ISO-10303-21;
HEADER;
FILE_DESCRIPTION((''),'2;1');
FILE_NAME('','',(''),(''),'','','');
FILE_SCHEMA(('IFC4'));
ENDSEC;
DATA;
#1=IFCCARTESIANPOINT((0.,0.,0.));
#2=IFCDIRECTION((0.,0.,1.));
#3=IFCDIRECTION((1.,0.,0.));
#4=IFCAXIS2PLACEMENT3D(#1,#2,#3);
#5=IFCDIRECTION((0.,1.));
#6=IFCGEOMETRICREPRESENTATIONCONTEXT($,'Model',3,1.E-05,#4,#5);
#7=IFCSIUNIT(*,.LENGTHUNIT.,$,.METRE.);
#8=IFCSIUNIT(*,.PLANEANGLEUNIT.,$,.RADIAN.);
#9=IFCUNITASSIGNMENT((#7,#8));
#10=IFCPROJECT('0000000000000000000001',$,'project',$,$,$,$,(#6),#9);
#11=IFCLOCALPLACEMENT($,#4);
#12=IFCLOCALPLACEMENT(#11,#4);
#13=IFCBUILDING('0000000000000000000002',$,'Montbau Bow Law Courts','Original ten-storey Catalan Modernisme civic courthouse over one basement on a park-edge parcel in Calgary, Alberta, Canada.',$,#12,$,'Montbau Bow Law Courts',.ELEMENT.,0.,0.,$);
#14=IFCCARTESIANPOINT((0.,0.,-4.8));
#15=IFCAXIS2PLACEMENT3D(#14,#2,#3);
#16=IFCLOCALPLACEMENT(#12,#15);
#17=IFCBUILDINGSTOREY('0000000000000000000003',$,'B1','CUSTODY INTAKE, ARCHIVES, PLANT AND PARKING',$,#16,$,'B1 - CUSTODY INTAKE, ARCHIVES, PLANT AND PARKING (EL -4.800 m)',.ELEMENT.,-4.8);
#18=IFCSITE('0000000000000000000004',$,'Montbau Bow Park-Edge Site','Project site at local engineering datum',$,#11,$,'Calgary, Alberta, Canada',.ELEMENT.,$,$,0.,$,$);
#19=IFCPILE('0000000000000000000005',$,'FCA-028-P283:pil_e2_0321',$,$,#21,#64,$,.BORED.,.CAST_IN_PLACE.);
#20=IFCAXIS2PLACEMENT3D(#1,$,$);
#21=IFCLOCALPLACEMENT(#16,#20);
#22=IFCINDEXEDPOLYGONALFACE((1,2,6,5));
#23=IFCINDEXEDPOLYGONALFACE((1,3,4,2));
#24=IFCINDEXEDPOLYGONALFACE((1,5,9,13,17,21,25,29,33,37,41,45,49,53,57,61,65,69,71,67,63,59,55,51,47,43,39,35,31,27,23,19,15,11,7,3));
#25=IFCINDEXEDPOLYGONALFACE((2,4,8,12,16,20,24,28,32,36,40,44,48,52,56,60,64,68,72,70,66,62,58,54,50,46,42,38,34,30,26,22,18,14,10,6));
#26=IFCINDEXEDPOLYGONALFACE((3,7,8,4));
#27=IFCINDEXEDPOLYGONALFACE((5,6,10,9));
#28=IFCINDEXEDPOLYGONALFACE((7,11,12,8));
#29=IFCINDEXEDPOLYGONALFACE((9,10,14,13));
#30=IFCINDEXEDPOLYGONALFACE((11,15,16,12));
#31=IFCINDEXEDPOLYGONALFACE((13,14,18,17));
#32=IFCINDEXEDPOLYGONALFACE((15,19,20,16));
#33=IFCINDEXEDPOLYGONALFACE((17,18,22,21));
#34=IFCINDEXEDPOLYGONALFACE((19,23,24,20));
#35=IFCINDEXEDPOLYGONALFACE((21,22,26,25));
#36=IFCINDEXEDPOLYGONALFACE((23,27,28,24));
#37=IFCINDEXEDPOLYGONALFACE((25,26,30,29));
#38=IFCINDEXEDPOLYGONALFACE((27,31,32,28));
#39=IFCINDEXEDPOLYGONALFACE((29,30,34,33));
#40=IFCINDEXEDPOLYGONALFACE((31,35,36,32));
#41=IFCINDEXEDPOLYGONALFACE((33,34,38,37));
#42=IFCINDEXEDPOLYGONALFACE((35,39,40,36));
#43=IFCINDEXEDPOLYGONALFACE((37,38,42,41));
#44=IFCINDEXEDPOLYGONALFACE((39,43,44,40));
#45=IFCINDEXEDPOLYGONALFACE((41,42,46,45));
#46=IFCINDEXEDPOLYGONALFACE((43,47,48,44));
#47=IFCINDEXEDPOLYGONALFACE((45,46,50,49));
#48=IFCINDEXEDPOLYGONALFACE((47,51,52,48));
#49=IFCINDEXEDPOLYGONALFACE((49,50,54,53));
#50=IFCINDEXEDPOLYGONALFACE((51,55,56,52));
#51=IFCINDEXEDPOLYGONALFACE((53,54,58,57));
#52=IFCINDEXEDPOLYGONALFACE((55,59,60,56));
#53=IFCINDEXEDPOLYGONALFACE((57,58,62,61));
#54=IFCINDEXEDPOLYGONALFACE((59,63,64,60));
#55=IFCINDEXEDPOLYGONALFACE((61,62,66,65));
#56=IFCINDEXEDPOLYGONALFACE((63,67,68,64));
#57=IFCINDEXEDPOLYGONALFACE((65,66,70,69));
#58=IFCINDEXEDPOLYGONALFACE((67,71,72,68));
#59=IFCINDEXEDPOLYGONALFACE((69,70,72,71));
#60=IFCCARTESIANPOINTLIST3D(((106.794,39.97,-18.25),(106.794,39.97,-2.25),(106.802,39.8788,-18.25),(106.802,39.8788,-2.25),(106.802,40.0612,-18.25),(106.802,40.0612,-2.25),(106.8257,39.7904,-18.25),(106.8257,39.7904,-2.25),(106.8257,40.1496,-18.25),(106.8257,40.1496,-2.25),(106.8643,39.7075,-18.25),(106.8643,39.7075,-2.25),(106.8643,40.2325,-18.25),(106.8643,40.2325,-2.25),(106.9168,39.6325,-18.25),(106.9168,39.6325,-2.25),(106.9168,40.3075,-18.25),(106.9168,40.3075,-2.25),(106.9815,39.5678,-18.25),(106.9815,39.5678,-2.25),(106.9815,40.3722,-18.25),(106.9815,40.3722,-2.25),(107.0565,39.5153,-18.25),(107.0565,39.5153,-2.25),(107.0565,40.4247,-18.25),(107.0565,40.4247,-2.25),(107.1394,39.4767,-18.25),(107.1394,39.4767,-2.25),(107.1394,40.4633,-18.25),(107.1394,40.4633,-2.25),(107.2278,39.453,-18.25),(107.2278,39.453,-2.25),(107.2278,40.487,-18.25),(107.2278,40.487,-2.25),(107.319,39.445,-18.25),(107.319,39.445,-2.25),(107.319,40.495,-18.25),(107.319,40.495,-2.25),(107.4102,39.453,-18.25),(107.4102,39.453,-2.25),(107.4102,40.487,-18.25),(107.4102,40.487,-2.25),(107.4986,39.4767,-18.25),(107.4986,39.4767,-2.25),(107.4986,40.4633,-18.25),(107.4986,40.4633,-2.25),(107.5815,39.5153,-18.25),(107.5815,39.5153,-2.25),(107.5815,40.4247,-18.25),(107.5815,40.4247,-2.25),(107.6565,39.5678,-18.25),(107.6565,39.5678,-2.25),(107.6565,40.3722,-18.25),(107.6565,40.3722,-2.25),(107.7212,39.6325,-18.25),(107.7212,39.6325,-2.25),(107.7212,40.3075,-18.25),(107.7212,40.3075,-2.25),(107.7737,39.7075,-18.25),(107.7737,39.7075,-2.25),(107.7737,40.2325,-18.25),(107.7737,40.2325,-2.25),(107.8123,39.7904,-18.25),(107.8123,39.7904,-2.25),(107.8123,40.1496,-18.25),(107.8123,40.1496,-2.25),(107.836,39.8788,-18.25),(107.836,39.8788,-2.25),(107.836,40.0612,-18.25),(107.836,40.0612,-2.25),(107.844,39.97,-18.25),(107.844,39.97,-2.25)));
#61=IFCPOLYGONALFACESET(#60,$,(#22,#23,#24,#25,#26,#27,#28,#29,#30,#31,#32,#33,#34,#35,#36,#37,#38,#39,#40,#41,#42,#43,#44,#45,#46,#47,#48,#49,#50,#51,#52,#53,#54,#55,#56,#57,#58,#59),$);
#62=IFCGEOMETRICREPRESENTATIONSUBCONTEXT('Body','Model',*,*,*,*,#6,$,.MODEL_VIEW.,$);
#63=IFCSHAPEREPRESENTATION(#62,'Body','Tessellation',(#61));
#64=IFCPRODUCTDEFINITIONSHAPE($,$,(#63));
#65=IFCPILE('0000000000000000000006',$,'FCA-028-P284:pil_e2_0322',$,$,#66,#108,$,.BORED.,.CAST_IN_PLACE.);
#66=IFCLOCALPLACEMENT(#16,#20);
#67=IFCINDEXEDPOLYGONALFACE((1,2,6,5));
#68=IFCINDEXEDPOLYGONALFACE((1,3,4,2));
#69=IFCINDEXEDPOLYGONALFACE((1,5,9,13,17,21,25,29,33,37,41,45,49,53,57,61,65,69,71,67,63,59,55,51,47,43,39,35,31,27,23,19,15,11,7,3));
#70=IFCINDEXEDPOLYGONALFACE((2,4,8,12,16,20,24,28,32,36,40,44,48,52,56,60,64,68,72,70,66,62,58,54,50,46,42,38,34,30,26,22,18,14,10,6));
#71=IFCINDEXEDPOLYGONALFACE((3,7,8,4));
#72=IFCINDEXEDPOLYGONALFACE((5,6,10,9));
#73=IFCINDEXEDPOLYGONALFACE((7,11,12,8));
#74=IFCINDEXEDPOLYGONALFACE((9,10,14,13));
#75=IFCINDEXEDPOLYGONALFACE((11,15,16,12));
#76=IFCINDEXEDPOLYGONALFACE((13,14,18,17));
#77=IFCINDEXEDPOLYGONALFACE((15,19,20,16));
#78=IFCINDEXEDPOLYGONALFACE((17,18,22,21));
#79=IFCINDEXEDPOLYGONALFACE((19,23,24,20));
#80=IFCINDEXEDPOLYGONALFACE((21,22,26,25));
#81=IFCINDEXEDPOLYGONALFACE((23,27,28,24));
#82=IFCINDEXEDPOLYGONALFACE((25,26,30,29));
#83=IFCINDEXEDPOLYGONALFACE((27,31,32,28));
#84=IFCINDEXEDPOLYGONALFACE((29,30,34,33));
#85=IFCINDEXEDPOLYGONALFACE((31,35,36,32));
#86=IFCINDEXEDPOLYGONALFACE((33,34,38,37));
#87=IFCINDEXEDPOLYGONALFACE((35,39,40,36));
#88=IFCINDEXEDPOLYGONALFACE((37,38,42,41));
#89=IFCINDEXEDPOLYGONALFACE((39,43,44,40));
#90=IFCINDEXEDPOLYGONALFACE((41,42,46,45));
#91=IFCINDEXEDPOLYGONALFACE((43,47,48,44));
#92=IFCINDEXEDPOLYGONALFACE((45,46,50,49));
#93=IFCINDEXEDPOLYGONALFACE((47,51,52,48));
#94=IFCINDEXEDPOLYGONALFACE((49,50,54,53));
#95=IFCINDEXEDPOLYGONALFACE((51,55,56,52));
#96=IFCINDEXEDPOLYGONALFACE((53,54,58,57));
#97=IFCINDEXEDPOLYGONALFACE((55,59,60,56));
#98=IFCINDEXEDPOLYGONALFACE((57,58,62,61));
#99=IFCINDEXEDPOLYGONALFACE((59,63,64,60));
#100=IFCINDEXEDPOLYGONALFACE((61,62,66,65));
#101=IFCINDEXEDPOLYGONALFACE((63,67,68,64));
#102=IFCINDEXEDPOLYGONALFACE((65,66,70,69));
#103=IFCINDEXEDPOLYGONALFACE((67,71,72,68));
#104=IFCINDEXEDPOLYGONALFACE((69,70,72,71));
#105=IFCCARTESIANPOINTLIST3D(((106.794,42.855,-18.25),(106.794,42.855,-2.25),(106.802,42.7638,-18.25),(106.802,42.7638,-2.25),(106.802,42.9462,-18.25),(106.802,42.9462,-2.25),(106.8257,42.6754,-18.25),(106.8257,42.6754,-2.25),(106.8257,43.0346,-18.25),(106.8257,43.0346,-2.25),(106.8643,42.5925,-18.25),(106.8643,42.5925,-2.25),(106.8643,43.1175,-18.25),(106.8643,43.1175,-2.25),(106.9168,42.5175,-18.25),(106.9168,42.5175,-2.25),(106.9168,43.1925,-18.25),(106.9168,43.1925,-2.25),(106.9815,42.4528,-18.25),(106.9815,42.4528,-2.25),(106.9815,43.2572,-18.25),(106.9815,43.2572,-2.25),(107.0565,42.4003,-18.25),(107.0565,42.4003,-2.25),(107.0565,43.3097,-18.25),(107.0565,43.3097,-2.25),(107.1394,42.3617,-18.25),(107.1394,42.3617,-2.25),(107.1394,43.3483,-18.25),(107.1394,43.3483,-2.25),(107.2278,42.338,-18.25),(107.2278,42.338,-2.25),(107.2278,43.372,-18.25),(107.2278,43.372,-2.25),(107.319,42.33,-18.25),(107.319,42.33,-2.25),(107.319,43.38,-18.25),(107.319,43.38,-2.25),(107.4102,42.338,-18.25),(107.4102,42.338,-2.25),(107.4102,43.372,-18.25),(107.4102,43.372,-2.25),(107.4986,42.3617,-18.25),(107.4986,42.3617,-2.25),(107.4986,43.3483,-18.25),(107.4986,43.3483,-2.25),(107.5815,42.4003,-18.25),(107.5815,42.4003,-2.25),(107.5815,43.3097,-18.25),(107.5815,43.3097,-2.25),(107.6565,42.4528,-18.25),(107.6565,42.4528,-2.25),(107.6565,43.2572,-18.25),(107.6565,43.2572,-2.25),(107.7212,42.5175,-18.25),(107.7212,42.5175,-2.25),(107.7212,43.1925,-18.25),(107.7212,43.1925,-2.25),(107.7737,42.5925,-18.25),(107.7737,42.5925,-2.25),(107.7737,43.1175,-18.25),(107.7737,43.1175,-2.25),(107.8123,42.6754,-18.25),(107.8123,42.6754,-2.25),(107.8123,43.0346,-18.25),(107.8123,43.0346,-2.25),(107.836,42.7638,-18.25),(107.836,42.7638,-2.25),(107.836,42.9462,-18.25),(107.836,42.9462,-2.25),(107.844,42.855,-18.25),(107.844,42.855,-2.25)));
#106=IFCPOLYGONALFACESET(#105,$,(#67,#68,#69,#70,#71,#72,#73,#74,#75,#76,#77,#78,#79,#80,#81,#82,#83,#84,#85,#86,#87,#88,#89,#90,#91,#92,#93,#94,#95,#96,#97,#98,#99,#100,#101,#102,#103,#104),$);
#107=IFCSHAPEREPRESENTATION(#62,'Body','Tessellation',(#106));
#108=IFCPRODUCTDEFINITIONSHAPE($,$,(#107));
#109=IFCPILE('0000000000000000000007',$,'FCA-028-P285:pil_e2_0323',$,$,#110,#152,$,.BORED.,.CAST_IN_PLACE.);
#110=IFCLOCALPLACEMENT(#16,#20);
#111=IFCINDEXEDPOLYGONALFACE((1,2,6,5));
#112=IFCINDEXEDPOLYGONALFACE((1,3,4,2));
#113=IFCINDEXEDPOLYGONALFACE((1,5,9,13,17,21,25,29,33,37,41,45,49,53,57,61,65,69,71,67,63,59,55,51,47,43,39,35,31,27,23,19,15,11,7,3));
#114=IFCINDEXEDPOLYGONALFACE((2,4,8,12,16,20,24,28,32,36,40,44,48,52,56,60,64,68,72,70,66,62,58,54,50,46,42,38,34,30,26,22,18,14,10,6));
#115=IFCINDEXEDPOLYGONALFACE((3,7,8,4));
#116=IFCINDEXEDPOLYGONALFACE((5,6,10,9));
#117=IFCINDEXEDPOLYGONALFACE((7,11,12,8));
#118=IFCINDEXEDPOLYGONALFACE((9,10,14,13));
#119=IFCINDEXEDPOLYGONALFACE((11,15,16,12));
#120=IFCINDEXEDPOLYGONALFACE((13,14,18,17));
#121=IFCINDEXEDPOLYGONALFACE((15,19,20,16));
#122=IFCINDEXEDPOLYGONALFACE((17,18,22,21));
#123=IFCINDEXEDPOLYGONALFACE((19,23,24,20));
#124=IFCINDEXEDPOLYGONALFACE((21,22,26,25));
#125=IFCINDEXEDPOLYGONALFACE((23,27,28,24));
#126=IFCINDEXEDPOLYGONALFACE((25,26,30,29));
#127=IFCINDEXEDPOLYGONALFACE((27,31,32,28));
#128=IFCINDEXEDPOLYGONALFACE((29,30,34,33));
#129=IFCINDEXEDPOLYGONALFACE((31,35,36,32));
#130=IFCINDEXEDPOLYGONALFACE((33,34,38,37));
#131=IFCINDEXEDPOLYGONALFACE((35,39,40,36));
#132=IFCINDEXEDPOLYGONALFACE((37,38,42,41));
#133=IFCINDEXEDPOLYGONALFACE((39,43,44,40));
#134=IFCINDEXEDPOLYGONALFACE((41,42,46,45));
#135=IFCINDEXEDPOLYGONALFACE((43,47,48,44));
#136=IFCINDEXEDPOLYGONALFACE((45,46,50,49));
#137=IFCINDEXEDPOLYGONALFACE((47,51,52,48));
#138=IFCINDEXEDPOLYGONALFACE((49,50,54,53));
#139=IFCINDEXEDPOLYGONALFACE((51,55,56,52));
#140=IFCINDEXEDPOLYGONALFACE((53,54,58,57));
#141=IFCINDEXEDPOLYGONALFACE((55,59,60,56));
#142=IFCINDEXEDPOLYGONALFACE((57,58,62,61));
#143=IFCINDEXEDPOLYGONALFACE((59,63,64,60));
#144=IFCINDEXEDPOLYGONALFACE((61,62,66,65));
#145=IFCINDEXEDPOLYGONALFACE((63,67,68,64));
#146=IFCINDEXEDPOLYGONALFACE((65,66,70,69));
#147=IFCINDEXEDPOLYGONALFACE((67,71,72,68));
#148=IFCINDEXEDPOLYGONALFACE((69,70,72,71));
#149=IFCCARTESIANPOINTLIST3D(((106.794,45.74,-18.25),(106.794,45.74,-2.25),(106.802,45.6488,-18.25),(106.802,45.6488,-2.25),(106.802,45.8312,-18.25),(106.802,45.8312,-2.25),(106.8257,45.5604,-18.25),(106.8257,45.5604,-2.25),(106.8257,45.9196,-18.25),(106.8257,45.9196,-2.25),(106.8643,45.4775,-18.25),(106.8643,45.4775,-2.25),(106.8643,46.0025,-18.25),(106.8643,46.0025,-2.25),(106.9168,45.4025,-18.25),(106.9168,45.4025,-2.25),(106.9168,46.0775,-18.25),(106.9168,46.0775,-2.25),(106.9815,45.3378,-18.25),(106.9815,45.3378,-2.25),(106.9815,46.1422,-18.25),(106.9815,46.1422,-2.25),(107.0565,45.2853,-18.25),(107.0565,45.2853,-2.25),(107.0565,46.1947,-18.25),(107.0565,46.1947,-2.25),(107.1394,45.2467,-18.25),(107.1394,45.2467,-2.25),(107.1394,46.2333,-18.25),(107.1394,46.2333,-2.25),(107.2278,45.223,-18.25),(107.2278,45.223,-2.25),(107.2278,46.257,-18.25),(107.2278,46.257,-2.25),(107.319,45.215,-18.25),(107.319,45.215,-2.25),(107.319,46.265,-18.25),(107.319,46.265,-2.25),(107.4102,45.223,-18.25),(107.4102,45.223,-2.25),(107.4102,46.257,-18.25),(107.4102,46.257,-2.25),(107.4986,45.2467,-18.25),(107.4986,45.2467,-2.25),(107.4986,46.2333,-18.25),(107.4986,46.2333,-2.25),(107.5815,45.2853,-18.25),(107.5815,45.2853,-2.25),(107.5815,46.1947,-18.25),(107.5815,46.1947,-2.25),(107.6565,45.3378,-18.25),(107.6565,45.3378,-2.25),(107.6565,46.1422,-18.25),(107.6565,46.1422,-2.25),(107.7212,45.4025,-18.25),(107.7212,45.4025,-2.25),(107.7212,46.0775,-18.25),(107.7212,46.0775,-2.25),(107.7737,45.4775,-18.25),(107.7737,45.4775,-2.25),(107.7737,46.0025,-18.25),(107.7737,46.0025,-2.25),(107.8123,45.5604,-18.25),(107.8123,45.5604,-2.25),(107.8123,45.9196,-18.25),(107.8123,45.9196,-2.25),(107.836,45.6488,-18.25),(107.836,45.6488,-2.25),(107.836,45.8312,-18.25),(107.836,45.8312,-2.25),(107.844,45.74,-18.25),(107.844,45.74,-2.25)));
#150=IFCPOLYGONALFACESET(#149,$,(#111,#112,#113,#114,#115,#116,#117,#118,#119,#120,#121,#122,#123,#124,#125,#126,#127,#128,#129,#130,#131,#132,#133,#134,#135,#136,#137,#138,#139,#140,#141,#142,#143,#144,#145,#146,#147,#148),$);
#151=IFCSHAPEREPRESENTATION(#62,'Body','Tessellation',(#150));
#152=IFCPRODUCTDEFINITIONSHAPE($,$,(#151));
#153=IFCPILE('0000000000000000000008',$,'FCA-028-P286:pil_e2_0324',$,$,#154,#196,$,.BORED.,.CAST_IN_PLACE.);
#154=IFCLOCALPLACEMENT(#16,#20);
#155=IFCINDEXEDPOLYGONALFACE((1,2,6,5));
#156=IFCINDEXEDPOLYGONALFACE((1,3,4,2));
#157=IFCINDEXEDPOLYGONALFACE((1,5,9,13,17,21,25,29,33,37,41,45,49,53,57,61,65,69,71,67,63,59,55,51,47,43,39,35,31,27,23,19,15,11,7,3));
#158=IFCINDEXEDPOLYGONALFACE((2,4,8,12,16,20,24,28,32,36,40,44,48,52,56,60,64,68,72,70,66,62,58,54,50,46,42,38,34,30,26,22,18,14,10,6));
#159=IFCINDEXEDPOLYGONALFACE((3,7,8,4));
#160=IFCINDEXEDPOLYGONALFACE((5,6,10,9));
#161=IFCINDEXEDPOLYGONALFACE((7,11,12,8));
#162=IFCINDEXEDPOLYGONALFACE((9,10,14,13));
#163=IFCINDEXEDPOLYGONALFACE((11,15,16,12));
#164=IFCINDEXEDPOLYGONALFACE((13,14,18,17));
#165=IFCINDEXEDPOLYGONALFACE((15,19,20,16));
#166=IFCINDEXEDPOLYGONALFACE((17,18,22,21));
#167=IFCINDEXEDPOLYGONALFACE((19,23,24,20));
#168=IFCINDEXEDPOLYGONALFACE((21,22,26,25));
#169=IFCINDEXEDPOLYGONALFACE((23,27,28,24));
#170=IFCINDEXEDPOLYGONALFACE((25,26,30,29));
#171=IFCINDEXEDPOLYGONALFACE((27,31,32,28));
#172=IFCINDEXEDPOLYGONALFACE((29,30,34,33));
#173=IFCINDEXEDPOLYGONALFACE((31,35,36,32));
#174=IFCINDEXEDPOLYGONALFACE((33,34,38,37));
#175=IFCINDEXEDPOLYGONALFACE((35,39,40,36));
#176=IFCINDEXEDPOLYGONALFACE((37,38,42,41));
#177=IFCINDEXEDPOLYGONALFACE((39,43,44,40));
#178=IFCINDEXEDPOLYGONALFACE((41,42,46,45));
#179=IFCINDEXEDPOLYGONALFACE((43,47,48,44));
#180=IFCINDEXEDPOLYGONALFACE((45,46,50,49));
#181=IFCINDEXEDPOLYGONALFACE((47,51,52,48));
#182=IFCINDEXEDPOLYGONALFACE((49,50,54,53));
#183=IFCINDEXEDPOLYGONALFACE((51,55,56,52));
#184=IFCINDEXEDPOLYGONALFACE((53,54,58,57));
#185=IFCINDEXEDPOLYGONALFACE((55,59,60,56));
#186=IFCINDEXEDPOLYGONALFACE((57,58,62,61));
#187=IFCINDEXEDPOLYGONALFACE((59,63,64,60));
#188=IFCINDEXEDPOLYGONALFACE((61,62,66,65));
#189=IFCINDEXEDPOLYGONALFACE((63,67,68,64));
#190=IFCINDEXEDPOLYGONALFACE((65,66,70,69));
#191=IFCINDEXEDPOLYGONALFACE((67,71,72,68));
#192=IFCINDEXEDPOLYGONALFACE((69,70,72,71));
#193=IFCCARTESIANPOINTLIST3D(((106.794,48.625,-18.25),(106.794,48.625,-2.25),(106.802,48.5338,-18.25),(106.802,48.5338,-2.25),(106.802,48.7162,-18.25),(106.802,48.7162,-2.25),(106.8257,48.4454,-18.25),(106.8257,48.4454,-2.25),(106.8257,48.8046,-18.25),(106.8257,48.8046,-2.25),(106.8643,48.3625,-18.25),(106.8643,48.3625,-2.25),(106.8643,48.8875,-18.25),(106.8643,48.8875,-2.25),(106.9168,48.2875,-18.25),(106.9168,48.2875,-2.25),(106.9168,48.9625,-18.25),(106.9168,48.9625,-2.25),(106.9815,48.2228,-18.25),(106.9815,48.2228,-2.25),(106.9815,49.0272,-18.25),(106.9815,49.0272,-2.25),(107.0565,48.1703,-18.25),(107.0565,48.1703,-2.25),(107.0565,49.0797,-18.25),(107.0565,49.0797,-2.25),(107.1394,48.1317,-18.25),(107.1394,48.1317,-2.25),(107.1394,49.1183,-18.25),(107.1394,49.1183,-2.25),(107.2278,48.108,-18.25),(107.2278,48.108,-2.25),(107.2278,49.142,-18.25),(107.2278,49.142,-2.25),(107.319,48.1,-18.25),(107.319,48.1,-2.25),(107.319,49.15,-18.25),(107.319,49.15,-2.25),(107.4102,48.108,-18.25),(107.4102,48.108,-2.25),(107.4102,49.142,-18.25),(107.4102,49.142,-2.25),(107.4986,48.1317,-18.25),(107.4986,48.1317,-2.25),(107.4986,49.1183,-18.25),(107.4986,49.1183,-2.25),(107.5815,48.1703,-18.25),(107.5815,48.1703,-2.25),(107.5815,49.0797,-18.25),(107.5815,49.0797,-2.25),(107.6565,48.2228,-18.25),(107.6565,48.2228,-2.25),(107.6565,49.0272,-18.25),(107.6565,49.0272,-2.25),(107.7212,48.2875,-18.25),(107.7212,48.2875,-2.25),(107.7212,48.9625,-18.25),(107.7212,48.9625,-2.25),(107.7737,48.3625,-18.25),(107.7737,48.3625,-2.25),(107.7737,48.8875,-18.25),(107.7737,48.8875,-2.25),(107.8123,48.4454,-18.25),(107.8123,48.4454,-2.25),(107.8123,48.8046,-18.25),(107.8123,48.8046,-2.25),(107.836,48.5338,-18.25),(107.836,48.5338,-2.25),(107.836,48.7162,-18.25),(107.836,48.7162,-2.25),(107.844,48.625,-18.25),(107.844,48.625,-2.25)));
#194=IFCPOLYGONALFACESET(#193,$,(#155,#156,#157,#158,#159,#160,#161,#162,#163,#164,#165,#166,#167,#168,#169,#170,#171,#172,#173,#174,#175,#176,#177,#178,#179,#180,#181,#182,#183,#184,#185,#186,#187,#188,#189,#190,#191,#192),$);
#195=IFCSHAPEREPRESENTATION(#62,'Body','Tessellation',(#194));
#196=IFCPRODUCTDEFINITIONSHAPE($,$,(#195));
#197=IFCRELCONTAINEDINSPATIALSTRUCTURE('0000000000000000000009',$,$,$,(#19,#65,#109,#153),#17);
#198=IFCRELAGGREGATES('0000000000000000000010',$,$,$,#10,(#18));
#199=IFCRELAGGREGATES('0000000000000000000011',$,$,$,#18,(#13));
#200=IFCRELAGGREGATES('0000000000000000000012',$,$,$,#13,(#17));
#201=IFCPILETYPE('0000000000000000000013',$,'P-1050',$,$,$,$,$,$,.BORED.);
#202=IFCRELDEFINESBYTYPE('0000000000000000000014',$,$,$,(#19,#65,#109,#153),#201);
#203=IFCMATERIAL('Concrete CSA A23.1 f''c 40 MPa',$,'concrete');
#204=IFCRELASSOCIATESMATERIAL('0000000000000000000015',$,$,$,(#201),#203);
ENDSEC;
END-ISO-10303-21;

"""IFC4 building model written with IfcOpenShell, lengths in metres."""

from ifc_helpers import new_model, si_unit, direction, frame, origin_with_axes, origin_2d_with_axis, place, context, subcontext, project, spatial, circle, extrude, material, material_profile, profile_set, type_object, element, save


model = new_model("IFC4")

# Units and contexts
model_context = context("Model", 3, precision=1e-05, world=origin_with_axes(), true_north=direction((0.0, 1.0)))
body_context = subcontext(model_context, "Body", "Model", "MODEL_VIEW")
ifc_project = project(units=[si_unit("LENGTHUNIT", "METRE"), si_unit("PLANEANGLEUNIT", "RADIAN")], contexts=[model_context])

# Site, building, storey
site_placement = place(None, origin_with_axes())
site = spatial("IfcSite", under=ifc_project, at=site_placement, Name="Montbau Bow Park-Edge Site", Description="Project site at local engineering datum", LongName="Calgary, Alberta, Canada", CompositionType="ELEMENT", RefElevation=0.0)
building_placement = place(site_placement, origin_with_axes())
building = spatial("IfcBuilding", under=site, at=building_placement, Name="Montbau Bow Law Courts", Description="Original ten-storey Catalan Modernisme civic courthouse over one basement on a park-edge parcel in Calgary, Alberta, Canada.", LongName="Montbau Bow Law Courts", CompositionType="ELEMENT", ElevationOfRefHeight=0.0, ElevationOfTerrain=0.0)
storey_placement = place(building_placement, frame((0.0, 0.0, -4.8), z_axis=(0.0, 0.0, 1.0), x_axis=(1.0, 0.0, 0.0)))
storey = spatial("IfcBuildingStorey", under=building, at=storey_placement, Name="B1", Description="CUSTODY INTAKE, ARCHIVES, PLANT AND PARKING", LongName="B1 - CUSTODY INTAKE, ARCHIVES, PLANT AND PARKING (EL -4.800 m)", CompositionType="ELEMENT", Elevation=-4.8)

# Piles
ifc_material = material(Name="Concrete CSA A23.1 f'c 40 MPa", Category="concrete")
ifc_material_profile = material_profile(ifc_material, circle(Radius=0.525, at=origin_2d_with_axis()), Name="BP1050", Category="Main", Priority=0)
ifc_profile_set = profile_set([ifc_material_profile], Name="Concrete CSA A23.1 f'c 40 MPa")
pile_type = type_object("IfcPileType", Name="P-1050", PredefinedType="BORED", material=ifc_profile_set)
for number, where, z_axis, x_axis, name in (
    (1, (107.319, 39.97, -23.05), (0.0, 0.0, 1.0), (1.0, 0.0, 0.0), "FCA-028-P283:pil_e2_0321"),
    (2, (107.319, 42.855, -23.05), (0.0, 0.0, 1.0), (1.0, 0.0, 0.0), "FCA-028-P284:pil_e2_0322"),
    (3, (107.319, 45.74, -23.05), (0.0, 0.0, 1.0), (1.0, 0.0, 0.0), "FCA-028-P285:pil_e2_0323"),
    (4, (107.319, 48.625, -23.05), (0.0, 0.0, 1.0), (1.0, 0.0, 0.0), "FCA-028-P286:pil_e2_0324"),
):
    element("IfcPile", number, at=place(None, frame(where, z_axis=z_axis, x_axis=x_axis)), inside=storey, type_object=pile_type, Name=name, ConstructionType="CAST_IN_PLACE", PredefinedType="BORED", context=body_context, shape_type="SweptSolid", body=[
        extrude(circle(Radius=0.525, at=origin_2d_with_axis()), origin_with_axes(), (0.0, 0.0, 1.0), 16.0),
    ])

save(model, "model.ifc")
